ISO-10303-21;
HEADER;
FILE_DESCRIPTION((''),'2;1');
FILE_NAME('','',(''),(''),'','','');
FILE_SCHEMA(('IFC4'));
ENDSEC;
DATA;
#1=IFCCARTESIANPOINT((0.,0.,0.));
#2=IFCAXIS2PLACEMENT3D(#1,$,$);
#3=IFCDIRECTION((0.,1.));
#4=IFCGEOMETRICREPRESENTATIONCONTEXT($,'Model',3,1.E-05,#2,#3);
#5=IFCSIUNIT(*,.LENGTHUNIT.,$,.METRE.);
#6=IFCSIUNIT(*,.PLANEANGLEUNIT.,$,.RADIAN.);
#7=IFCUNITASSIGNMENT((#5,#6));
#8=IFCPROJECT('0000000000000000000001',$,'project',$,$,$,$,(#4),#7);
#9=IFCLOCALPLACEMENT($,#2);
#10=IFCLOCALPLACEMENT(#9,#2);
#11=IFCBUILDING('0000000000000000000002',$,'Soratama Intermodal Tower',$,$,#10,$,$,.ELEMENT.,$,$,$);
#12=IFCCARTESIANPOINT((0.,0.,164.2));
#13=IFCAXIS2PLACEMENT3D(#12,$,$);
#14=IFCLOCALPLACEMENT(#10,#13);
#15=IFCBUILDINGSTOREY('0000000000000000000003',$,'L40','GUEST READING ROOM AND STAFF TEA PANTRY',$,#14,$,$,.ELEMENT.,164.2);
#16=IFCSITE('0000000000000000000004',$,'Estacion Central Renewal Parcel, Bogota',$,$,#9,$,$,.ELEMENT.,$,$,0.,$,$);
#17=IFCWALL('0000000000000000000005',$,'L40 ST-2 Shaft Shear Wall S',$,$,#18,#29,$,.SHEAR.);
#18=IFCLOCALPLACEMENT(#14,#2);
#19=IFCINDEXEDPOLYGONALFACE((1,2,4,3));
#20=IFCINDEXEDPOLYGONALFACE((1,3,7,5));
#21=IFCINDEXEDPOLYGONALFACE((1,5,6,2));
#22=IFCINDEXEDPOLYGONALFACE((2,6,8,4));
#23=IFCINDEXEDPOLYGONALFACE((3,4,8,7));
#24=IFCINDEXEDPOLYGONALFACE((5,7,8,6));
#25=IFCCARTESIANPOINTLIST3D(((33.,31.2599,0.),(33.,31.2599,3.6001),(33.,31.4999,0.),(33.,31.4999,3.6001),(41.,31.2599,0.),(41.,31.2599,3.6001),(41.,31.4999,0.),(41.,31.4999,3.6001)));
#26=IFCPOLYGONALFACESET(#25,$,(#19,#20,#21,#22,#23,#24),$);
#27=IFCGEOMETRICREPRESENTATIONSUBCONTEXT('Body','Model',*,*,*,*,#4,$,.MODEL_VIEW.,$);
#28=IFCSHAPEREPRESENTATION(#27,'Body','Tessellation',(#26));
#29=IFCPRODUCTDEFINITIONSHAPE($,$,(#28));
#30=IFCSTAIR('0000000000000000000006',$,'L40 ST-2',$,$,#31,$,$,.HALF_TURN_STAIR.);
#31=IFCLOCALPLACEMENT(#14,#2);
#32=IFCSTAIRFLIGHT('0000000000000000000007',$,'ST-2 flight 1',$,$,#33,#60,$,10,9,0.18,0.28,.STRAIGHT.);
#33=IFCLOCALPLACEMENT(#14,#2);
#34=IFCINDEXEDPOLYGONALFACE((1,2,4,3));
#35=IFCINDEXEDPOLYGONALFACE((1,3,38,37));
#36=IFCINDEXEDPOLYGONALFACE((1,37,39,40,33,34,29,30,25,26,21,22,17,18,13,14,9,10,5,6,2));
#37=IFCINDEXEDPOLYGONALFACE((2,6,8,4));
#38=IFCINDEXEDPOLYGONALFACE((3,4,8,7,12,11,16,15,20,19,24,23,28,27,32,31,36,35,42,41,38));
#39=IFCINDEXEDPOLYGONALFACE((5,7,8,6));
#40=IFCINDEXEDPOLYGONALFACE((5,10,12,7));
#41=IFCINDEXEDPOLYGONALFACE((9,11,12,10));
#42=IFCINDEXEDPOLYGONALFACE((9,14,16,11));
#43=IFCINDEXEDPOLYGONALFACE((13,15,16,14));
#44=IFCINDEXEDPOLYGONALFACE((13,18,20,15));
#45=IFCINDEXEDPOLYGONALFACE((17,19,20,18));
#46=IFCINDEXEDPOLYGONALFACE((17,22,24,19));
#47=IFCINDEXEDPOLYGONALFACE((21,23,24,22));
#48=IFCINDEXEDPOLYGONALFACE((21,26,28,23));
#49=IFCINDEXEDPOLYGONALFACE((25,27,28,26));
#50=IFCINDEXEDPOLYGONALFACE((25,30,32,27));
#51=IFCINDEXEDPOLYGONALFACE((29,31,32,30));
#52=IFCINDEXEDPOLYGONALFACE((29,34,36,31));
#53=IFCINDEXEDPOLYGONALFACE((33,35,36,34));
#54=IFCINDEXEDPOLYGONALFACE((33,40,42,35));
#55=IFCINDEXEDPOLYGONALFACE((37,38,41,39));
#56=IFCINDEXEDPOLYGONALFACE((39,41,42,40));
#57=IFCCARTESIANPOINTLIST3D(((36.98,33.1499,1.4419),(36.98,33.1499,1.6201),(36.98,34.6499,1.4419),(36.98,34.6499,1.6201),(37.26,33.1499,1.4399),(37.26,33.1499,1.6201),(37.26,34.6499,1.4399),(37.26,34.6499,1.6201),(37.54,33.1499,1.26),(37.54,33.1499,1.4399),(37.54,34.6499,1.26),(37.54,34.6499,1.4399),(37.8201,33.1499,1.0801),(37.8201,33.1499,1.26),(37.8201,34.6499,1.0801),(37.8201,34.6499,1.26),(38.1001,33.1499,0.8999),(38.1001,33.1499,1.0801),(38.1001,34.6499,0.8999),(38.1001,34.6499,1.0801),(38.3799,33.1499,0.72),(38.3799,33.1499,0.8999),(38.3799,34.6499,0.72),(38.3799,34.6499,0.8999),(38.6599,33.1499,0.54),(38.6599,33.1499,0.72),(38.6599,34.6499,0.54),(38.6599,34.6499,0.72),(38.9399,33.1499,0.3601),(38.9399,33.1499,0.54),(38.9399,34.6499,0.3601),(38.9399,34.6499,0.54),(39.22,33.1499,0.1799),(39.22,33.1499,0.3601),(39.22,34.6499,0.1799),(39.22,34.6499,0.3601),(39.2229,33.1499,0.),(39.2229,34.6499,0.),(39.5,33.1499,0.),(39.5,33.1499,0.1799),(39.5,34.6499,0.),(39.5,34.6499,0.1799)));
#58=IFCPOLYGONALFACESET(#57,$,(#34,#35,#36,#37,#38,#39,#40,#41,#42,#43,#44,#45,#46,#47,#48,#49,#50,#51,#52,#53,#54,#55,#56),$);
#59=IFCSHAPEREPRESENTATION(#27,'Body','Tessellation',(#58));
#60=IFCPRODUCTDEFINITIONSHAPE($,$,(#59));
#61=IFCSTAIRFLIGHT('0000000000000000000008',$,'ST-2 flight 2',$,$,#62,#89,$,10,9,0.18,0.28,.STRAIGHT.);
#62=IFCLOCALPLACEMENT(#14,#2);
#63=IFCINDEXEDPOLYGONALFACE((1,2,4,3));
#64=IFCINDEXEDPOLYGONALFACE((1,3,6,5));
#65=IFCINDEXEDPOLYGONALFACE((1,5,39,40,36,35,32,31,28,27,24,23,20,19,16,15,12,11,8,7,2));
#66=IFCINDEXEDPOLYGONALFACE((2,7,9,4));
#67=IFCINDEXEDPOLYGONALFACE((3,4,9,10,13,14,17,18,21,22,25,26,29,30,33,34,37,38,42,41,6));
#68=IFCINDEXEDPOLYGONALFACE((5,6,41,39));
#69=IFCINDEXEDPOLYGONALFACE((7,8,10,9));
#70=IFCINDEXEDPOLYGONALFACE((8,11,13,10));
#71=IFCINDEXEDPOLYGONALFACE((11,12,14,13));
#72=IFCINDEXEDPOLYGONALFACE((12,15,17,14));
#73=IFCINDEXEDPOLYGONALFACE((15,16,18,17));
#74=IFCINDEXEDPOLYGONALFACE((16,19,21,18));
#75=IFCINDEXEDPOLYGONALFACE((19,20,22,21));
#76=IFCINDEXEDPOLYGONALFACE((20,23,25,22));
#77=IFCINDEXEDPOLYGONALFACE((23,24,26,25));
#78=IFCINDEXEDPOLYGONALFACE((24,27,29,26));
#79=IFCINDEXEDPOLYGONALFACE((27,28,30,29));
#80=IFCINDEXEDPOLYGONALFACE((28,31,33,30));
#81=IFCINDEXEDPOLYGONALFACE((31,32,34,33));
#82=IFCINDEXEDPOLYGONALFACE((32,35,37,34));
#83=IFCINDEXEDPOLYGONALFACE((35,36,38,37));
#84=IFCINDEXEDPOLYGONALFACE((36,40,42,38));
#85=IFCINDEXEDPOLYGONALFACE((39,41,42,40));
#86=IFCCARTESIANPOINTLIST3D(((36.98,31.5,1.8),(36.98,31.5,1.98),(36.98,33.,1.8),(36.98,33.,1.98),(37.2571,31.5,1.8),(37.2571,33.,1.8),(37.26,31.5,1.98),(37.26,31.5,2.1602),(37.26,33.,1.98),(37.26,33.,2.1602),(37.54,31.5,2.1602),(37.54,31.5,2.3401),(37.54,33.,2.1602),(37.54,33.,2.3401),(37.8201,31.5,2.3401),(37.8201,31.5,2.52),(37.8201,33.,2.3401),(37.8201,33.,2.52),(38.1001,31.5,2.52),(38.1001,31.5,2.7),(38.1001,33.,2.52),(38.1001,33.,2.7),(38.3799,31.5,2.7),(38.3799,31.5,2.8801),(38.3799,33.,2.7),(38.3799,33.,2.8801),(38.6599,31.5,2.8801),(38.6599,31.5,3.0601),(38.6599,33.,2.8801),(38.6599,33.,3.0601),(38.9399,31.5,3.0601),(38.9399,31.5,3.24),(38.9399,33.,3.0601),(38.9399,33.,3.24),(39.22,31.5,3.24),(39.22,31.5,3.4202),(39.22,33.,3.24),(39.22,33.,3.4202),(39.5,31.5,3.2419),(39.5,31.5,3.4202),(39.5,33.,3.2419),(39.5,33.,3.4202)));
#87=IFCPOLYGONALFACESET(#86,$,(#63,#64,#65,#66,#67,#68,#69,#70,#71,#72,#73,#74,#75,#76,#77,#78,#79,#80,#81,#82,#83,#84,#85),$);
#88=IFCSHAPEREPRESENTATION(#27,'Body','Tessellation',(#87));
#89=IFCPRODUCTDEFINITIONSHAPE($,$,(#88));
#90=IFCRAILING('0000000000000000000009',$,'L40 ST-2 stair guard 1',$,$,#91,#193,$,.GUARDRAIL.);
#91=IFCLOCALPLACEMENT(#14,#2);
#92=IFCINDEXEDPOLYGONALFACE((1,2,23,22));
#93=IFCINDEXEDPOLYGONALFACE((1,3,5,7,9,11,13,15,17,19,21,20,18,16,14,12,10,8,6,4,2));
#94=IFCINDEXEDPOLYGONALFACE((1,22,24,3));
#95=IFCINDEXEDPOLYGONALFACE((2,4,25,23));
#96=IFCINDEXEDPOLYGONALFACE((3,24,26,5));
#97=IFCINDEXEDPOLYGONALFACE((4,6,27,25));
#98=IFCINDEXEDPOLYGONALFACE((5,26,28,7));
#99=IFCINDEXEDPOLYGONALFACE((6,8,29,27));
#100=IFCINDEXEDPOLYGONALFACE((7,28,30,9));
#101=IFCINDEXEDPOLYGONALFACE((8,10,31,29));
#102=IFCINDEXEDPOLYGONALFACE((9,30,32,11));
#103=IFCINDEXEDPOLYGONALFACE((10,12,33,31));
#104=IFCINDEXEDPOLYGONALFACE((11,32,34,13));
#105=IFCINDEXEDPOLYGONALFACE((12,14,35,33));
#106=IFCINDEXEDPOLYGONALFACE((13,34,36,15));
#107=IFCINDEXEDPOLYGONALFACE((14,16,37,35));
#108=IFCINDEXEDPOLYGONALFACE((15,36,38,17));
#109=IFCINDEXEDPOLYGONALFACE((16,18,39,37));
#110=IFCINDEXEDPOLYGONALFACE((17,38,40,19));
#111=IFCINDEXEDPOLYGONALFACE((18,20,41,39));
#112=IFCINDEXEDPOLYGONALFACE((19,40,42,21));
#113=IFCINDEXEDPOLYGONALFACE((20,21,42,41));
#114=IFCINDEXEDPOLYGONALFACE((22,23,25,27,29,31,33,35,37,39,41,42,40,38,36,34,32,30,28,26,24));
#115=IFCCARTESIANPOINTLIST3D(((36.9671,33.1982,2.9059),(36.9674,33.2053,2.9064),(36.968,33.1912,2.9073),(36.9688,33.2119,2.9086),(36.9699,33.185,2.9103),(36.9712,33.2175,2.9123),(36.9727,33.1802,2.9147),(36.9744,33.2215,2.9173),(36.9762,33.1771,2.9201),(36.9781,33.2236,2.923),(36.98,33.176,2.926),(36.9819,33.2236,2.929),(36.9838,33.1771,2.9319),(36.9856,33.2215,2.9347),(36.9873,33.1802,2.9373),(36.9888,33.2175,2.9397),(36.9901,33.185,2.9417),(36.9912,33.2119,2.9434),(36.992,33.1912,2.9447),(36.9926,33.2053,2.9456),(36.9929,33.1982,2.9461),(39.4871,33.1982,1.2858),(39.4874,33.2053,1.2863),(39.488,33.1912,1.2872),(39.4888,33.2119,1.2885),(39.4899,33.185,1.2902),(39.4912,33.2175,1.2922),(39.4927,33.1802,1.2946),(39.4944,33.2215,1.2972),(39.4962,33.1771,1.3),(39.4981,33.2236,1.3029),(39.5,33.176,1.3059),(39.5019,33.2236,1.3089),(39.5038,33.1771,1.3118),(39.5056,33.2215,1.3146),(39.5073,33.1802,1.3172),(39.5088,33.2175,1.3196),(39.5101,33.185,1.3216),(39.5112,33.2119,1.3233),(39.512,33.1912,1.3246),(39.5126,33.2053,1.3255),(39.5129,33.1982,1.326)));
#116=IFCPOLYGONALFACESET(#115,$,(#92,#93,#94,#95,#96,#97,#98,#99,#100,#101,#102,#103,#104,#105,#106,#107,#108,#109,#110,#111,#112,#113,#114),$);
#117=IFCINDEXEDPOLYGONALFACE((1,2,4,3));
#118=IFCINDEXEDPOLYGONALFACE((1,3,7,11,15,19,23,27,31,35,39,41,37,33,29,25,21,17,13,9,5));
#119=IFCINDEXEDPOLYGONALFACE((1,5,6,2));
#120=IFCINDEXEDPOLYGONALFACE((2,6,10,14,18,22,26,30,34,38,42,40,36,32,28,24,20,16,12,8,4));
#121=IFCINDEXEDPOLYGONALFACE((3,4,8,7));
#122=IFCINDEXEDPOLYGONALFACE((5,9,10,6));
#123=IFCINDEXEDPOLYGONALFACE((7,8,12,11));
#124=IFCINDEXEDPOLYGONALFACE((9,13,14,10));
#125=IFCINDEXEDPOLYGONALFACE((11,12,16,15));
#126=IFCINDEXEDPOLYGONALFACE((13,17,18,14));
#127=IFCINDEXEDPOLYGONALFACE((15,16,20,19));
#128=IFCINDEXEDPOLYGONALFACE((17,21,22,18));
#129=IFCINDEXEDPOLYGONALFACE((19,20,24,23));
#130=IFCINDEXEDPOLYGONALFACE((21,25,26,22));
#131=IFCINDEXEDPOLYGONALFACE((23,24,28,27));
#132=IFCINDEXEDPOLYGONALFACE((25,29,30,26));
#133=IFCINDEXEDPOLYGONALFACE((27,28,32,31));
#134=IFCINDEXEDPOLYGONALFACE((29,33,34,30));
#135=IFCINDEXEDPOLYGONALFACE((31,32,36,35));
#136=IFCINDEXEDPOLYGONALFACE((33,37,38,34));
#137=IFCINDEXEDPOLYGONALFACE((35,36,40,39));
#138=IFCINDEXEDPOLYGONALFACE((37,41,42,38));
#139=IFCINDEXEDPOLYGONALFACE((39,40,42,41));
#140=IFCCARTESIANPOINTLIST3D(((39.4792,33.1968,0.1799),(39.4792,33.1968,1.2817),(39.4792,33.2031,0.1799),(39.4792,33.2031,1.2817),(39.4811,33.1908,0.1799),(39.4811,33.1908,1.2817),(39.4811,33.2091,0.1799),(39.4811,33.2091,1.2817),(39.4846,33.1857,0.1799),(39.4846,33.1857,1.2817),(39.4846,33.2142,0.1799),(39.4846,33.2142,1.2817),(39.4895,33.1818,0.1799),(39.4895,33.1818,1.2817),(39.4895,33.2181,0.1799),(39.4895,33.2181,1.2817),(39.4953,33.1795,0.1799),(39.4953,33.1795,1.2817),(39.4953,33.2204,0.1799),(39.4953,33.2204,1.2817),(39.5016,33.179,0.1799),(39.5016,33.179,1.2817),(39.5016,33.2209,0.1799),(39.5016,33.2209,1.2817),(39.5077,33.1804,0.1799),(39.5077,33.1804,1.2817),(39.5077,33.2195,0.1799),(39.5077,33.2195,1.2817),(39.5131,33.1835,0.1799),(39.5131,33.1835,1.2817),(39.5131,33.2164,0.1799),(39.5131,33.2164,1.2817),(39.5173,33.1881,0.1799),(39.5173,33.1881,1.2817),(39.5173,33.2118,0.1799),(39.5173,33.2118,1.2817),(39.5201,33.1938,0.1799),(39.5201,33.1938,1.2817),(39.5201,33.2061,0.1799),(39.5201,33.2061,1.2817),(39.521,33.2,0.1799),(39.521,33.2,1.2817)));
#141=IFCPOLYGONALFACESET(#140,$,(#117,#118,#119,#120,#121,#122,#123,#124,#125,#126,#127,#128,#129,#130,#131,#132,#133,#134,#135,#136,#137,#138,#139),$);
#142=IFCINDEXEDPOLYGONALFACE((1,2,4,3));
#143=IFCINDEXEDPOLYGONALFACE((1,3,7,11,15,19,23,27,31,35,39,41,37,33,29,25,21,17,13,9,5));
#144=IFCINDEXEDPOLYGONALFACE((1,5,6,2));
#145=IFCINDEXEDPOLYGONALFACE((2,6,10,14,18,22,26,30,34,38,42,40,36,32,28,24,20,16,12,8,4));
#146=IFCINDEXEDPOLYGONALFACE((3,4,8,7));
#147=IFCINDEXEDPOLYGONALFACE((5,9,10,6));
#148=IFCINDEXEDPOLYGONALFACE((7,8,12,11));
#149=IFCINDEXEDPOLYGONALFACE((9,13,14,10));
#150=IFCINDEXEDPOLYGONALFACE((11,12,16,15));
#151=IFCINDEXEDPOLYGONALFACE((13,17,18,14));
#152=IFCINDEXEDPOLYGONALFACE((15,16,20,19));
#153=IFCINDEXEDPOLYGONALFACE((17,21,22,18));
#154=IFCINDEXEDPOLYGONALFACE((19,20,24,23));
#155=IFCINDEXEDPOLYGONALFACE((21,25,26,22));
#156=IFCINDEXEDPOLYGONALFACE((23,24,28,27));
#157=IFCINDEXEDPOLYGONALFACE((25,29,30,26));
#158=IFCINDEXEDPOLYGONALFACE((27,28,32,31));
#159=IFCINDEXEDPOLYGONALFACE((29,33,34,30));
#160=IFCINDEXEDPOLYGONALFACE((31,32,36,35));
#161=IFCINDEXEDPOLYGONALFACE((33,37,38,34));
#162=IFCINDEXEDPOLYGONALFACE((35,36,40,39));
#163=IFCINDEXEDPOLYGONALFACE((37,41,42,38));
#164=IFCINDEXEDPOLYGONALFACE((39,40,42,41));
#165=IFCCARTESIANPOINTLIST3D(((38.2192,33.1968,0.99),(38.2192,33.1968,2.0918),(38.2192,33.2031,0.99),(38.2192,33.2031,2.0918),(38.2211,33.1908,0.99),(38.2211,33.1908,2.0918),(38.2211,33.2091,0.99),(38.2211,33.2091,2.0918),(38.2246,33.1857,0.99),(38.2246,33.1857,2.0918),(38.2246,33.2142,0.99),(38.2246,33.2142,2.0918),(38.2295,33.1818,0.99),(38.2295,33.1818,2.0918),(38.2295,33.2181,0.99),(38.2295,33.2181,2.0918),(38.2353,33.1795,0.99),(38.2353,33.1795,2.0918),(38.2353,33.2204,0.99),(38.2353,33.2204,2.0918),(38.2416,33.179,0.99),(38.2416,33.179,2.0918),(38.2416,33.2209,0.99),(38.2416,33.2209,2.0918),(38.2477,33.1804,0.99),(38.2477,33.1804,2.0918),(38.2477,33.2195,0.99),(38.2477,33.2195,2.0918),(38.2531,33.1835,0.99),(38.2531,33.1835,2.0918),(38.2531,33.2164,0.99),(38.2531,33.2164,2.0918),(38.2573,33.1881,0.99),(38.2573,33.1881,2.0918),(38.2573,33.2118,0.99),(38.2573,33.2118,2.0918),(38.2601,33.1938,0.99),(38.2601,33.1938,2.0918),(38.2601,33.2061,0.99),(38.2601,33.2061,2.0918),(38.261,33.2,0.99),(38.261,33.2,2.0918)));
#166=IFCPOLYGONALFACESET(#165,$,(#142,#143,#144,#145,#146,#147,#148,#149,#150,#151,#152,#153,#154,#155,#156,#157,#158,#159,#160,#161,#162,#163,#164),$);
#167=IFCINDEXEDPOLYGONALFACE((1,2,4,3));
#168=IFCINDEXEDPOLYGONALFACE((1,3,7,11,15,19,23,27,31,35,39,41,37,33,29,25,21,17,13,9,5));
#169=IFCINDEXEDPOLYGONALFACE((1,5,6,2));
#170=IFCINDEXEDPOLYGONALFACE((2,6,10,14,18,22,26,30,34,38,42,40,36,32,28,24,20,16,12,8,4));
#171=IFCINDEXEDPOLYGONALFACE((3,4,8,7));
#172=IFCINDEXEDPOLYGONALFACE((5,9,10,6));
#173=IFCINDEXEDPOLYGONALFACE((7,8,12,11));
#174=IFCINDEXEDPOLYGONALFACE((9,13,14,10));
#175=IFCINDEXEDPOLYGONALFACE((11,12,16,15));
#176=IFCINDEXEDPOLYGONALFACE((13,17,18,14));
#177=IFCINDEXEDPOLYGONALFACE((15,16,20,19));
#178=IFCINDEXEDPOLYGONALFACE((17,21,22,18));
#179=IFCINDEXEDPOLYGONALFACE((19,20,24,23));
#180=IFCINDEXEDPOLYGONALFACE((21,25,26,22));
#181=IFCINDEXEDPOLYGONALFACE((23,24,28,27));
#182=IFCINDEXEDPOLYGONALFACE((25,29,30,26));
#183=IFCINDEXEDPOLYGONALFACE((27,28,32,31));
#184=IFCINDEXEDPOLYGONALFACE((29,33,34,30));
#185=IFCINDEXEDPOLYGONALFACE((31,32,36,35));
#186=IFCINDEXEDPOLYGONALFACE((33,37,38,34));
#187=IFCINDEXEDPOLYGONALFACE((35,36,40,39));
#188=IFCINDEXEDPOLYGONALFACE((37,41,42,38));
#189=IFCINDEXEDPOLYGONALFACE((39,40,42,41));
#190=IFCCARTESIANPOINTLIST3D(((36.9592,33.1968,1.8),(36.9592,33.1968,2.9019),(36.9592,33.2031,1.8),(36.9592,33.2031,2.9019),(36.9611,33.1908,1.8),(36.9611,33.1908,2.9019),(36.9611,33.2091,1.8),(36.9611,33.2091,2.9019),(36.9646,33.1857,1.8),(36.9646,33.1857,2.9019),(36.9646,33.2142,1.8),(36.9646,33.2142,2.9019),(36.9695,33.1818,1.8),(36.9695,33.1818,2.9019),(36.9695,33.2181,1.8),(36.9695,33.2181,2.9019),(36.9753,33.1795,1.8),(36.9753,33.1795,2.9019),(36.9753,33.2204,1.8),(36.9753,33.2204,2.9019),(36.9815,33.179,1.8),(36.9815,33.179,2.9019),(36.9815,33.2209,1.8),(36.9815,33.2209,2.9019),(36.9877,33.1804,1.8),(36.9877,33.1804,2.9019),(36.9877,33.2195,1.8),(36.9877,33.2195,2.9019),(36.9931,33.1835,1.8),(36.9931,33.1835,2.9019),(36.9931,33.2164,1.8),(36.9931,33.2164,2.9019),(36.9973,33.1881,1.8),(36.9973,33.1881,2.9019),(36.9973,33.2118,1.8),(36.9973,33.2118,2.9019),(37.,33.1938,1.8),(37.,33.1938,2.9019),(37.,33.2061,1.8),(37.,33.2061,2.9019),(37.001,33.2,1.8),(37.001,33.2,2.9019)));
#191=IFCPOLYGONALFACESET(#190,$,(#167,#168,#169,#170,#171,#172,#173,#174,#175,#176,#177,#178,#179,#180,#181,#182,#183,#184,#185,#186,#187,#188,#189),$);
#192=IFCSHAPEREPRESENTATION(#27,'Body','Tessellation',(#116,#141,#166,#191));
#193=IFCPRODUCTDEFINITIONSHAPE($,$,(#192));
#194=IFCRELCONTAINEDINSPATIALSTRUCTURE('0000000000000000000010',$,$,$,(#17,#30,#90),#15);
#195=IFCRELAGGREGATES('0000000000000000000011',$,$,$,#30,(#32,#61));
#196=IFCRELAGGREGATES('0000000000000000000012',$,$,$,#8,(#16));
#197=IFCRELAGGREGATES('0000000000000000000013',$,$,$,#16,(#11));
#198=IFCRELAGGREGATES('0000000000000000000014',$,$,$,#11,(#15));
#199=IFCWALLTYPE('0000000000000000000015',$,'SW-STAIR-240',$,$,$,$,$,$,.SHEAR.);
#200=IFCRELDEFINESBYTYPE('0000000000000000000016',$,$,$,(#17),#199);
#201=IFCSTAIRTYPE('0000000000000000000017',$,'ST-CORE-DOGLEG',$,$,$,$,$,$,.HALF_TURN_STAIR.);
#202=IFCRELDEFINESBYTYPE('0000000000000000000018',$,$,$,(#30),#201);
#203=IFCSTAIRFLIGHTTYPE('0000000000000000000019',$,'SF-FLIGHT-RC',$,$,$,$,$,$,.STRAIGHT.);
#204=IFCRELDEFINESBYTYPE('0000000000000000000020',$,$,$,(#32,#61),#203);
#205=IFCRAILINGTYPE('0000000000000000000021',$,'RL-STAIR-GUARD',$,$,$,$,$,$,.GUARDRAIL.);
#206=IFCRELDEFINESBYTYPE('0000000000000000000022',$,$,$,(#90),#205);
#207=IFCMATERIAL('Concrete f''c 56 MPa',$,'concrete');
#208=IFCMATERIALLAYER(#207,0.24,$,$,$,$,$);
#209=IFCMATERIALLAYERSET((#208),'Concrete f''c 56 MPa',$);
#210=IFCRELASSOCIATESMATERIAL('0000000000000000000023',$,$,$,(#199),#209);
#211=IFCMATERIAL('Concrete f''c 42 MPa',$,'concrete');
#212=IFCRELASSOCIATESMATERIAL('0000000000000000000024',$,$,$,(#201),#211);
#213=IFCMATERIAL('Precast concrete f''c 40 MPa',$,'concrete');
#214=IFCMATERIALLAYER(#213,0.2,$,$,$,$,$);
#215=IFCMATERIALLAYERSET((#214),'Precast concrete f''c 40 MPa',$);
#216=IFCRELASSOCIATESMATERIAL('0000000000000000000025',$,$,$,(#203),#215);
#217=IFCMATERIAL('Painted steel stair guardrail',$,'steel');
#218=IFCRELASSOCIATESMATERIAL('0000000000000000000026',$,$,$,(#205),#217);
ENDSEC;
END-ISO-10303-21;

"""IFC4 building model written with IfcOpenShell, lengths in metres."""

from ifc_helpers import new_model, si_unit, direction, frame, frame_2d, origin, origin_2d, place, context, subcontext, project, spatial, polyline, rectangle, circle, outline, extrude, material, layer, layer_set, type_object, element, aggregate, save


model = new_model("IFC4")

# Units and contexts
model_context = context("Model", 3, precision=1e-05, world=origin(), true_north=direction((0.0, 1.0)))
body_context = subcontext(model_context, "Body", "Model", "MODEL_VIEW")
ifc_project = project(units=[si_unit("LENGTHUNIT", "METRE"), si_unit("PLANEANGLEUNIT", "RADIAN")], contexts=[model_context])

# Site, building, storey
site_placement = place(None, origin())
site = spatial("IfcSite", under=ifc_project, at=site_placement, Name="Estacion Central Renewal Parcel, Bogota", CompositionType="ELEMENT", RefElevation=0.0)
building_placement = place(site_placement, origin())
building = spatial("IfcBuilding", under=site, at=building_placement, Name="Soratama Intermodal Tower", CompositionType="ELEMENT")
storey_placement = place(building_placement, frame((0.0, 0.0, 164.2)))
storey = spatial("IfcBuildingStorey", under=building, at=storey_placement, Name="L40", Description="GUEST READING ROOM AND STAFF TEA PANTRY", CompositionType="ELEMENT", Elevation=164.2)

# Wall
ifc_material_1 = material(Name="Concrete f'c 56 MPa", Category="concrete")
ifc_layer_1 = layer(ifc_material_1, 0.24)
ifc_layer_set_1 = layer_set([ifc_layer_1], Name="Concrete f'c 56 MPa")
wall_type_1 = type_object("IfcWallType", Name="SW-STAIR-240", PredefinedType="SHEAR", material=ifc_layer_set_1)
wall_1_placement = place(storey_placement, frame((33.0, 31.3799, 0.0), z_axis=(0.0, 0.0, 1.0), x_axis=(1.0, 0.0, 0.0)))
element("IfcWall", 1, at=wall_1_placement, inside=storey, type_object=wall_type_1, Name="L40 ST-2 Shaft Shear Wall S", PredefinedType="SHEAR", context=body_context, shape_type="SweptSolid", body=[
    extrude(rectangle(XDim=8.0, YDim=0.24, at=frame_2d((4.0, 0.0))), origin(), (0.0, 0.0, 1.0), 3.6001),
])

# Stair, stair flights
ifc_material_2 = material(Name="Concrete f'c 42 MPa", Category="concrete")
stair_type = type_object("IfcStairType", Name="ST-CORE-DOGLEG", PredefinedType="HALF_TURN_STAIR", material=ifc_material_2)
stair_placement = place(storey_placement, origin())
stair = element("IfcStair", 2, at=stair_placement, inside=storey, type_object=stair_type, Name="L40 ST-2", PredefinedType="HALF_TURN_STAIR")
ifc_material_3 = material(Name="Precast concrete f'c 40 MPa", Category="concrete")
ifc_layer_2 = layer(ifc_material_3, 0.2)
ifc_layer_set_2 = layer_set([ifc_layer_2], Name="Precast concrete f'c 40 MPa")
stair_flight_type = type_object("IfcStairFlightType", Name="SF-FLIGHT-RC", PredefinedType="STRAIGHT", material=ifc_layer_set_2)
stair_flight_1_placement = place(storey_placement, frame((39.5, 33.8999, 0.0), z_axis=(0.0, 0.0, 1.0), x_axis=(-1.0, 0.0, 0.0)))
stair_flight_1 = element("IfcStairFlight", 3, at=stair_flight_1_placement, type_object=stair_flight_type, Name="ST-2 flight 1", NumberOfRisers=10, NumberOfTreads=9, PredefinedType="STRAIGHT", RiserHeight=0.18, TreadLength=0.28, context=body_context, shape_type="SweptSolid", body=[
    extrude(outline(polyline([(0.0, 0.0), (0.0, 0.1799), (0.28, 0.1799), (0.28, 0.3601), (0.5601, 0.3601), (0.5601, 0.54), (0.8401, 0.54), (0.8401, 0.72), (1.1201, 0.72), (1.1201, 0.8999), (1.3999, 0.8999), (1.3999, 1.0801), (1.6799, 1.0801), (1.6799, 1.26), (1.96, 1.26), (1.96, 1.4399), (2.24, 1.4399), (2.24, 1.6201), (2.52, 1.6201), (2.52, 1.8), (2.52, 1.4419), (0.2771, 0.0), (0.0, 0.0)])), frame((0.0, 0.75, 0.0), z_axis=(0.0, -1.0, 0.0), x_axis=(1.0, 0.0, 0.0)), (0.0, 0.0, 1.0), 1.5),
])
stair_flight_2_placement = place(storey_placement, frame((36.98, 32.25, 1.8), z_axis=(0.0, 0.0, 1.0), x_axis=(1.0, 0.0, 0.0)))
stair_flight_2 = element("IfcStairFlight", 4, at=stair_flight_2_placement, type_object=stair_flight_type, Name="ST-2 flight 2", NumberOfRisers=10, NumberOfTreads=9, PredefinedType="STRAIGHT", RiserHeight=0.18, TreadLength=0.28, context=body_context, shape_type="SweptSolid", body=[
    extrude(outline(polyline([(0.0, 0.0), (0.0, 0.1799), (0.28, 0.1799), (0.28, 0.3601), (0.5601, 0.3601), (0.5601, 0.54), (0.8401, 0.54), (0.8401, 0.72), (1.1201, 0.72), (1.1201, 0.8999), (1.3999, 0.8999), (1.3999, 1.0801), (1.6799, 1.0801), (1.6799, 1.26), (1.96, 1.26), (1.96, 1.4399), (2.24, 1.4399), (2.24, 1.6201), (2.52, 1.6201), (2.52, 1.8), (2.52, 1.4419), (0.2771, 0.0), (0.0, 0.0)])), frame((0.0, 0.75, 0.0), z_axis=(0.0, -1.0, 0.0), x_axis=(1.0, 0.0, 0.0)), (0.0, 0.0, 1.0), 1.5),
])
aggregate(stair, [stair_flight_1, stair_flight_2])

# Railing
ifc_material_4 = material(Name="Painted steel stair guardrail", Category="steel")
railing_type_1 = type_object("IfcRailingType", Name="RL-STAIR-GUARD", PredefinedType="GUARDRAIL", material=ifc_material_4)
railing_1_placement = place(storey_placement, frame((39.5, 33.2, 0.1799)))
element("IfcRailing", 5, at=railing_1_placement, inside=storey, type_object=railing_type_1, Name="L40 ST-2 stair guard 1", PredefinedType="GUARDRAIL", context=body_context, shape_type="SweptSolid", body=[
    extrude(circle(Radius=0.0239, at=origin_2d()), frame((0.0, 0.0, 1.126), z_axis=(-0.841163, 0.0, 0.540782), x_axis=(0.0, -1.0, 0.0)), (0.0, 0.0, 1.0), 2.9958),
    extrude(circle(Radius=0.021, at=origin_2d()), origin(), (0.0, 0.0, 1.0), 1.1018),
    extrude(circle(Radius=0.021, at=origin_2d()), frame((-1.26, 0.0, 0.8101)), (0.0, 0.0, 1.0), 1.1018),
    extrude(circle(Radius=0.021, at=origin_2d()), frame((-2.52, 0.0, 1.6201)), (0.0, 0.0, 1.0), 1.1018),
])

save(model, "model.ifc")
